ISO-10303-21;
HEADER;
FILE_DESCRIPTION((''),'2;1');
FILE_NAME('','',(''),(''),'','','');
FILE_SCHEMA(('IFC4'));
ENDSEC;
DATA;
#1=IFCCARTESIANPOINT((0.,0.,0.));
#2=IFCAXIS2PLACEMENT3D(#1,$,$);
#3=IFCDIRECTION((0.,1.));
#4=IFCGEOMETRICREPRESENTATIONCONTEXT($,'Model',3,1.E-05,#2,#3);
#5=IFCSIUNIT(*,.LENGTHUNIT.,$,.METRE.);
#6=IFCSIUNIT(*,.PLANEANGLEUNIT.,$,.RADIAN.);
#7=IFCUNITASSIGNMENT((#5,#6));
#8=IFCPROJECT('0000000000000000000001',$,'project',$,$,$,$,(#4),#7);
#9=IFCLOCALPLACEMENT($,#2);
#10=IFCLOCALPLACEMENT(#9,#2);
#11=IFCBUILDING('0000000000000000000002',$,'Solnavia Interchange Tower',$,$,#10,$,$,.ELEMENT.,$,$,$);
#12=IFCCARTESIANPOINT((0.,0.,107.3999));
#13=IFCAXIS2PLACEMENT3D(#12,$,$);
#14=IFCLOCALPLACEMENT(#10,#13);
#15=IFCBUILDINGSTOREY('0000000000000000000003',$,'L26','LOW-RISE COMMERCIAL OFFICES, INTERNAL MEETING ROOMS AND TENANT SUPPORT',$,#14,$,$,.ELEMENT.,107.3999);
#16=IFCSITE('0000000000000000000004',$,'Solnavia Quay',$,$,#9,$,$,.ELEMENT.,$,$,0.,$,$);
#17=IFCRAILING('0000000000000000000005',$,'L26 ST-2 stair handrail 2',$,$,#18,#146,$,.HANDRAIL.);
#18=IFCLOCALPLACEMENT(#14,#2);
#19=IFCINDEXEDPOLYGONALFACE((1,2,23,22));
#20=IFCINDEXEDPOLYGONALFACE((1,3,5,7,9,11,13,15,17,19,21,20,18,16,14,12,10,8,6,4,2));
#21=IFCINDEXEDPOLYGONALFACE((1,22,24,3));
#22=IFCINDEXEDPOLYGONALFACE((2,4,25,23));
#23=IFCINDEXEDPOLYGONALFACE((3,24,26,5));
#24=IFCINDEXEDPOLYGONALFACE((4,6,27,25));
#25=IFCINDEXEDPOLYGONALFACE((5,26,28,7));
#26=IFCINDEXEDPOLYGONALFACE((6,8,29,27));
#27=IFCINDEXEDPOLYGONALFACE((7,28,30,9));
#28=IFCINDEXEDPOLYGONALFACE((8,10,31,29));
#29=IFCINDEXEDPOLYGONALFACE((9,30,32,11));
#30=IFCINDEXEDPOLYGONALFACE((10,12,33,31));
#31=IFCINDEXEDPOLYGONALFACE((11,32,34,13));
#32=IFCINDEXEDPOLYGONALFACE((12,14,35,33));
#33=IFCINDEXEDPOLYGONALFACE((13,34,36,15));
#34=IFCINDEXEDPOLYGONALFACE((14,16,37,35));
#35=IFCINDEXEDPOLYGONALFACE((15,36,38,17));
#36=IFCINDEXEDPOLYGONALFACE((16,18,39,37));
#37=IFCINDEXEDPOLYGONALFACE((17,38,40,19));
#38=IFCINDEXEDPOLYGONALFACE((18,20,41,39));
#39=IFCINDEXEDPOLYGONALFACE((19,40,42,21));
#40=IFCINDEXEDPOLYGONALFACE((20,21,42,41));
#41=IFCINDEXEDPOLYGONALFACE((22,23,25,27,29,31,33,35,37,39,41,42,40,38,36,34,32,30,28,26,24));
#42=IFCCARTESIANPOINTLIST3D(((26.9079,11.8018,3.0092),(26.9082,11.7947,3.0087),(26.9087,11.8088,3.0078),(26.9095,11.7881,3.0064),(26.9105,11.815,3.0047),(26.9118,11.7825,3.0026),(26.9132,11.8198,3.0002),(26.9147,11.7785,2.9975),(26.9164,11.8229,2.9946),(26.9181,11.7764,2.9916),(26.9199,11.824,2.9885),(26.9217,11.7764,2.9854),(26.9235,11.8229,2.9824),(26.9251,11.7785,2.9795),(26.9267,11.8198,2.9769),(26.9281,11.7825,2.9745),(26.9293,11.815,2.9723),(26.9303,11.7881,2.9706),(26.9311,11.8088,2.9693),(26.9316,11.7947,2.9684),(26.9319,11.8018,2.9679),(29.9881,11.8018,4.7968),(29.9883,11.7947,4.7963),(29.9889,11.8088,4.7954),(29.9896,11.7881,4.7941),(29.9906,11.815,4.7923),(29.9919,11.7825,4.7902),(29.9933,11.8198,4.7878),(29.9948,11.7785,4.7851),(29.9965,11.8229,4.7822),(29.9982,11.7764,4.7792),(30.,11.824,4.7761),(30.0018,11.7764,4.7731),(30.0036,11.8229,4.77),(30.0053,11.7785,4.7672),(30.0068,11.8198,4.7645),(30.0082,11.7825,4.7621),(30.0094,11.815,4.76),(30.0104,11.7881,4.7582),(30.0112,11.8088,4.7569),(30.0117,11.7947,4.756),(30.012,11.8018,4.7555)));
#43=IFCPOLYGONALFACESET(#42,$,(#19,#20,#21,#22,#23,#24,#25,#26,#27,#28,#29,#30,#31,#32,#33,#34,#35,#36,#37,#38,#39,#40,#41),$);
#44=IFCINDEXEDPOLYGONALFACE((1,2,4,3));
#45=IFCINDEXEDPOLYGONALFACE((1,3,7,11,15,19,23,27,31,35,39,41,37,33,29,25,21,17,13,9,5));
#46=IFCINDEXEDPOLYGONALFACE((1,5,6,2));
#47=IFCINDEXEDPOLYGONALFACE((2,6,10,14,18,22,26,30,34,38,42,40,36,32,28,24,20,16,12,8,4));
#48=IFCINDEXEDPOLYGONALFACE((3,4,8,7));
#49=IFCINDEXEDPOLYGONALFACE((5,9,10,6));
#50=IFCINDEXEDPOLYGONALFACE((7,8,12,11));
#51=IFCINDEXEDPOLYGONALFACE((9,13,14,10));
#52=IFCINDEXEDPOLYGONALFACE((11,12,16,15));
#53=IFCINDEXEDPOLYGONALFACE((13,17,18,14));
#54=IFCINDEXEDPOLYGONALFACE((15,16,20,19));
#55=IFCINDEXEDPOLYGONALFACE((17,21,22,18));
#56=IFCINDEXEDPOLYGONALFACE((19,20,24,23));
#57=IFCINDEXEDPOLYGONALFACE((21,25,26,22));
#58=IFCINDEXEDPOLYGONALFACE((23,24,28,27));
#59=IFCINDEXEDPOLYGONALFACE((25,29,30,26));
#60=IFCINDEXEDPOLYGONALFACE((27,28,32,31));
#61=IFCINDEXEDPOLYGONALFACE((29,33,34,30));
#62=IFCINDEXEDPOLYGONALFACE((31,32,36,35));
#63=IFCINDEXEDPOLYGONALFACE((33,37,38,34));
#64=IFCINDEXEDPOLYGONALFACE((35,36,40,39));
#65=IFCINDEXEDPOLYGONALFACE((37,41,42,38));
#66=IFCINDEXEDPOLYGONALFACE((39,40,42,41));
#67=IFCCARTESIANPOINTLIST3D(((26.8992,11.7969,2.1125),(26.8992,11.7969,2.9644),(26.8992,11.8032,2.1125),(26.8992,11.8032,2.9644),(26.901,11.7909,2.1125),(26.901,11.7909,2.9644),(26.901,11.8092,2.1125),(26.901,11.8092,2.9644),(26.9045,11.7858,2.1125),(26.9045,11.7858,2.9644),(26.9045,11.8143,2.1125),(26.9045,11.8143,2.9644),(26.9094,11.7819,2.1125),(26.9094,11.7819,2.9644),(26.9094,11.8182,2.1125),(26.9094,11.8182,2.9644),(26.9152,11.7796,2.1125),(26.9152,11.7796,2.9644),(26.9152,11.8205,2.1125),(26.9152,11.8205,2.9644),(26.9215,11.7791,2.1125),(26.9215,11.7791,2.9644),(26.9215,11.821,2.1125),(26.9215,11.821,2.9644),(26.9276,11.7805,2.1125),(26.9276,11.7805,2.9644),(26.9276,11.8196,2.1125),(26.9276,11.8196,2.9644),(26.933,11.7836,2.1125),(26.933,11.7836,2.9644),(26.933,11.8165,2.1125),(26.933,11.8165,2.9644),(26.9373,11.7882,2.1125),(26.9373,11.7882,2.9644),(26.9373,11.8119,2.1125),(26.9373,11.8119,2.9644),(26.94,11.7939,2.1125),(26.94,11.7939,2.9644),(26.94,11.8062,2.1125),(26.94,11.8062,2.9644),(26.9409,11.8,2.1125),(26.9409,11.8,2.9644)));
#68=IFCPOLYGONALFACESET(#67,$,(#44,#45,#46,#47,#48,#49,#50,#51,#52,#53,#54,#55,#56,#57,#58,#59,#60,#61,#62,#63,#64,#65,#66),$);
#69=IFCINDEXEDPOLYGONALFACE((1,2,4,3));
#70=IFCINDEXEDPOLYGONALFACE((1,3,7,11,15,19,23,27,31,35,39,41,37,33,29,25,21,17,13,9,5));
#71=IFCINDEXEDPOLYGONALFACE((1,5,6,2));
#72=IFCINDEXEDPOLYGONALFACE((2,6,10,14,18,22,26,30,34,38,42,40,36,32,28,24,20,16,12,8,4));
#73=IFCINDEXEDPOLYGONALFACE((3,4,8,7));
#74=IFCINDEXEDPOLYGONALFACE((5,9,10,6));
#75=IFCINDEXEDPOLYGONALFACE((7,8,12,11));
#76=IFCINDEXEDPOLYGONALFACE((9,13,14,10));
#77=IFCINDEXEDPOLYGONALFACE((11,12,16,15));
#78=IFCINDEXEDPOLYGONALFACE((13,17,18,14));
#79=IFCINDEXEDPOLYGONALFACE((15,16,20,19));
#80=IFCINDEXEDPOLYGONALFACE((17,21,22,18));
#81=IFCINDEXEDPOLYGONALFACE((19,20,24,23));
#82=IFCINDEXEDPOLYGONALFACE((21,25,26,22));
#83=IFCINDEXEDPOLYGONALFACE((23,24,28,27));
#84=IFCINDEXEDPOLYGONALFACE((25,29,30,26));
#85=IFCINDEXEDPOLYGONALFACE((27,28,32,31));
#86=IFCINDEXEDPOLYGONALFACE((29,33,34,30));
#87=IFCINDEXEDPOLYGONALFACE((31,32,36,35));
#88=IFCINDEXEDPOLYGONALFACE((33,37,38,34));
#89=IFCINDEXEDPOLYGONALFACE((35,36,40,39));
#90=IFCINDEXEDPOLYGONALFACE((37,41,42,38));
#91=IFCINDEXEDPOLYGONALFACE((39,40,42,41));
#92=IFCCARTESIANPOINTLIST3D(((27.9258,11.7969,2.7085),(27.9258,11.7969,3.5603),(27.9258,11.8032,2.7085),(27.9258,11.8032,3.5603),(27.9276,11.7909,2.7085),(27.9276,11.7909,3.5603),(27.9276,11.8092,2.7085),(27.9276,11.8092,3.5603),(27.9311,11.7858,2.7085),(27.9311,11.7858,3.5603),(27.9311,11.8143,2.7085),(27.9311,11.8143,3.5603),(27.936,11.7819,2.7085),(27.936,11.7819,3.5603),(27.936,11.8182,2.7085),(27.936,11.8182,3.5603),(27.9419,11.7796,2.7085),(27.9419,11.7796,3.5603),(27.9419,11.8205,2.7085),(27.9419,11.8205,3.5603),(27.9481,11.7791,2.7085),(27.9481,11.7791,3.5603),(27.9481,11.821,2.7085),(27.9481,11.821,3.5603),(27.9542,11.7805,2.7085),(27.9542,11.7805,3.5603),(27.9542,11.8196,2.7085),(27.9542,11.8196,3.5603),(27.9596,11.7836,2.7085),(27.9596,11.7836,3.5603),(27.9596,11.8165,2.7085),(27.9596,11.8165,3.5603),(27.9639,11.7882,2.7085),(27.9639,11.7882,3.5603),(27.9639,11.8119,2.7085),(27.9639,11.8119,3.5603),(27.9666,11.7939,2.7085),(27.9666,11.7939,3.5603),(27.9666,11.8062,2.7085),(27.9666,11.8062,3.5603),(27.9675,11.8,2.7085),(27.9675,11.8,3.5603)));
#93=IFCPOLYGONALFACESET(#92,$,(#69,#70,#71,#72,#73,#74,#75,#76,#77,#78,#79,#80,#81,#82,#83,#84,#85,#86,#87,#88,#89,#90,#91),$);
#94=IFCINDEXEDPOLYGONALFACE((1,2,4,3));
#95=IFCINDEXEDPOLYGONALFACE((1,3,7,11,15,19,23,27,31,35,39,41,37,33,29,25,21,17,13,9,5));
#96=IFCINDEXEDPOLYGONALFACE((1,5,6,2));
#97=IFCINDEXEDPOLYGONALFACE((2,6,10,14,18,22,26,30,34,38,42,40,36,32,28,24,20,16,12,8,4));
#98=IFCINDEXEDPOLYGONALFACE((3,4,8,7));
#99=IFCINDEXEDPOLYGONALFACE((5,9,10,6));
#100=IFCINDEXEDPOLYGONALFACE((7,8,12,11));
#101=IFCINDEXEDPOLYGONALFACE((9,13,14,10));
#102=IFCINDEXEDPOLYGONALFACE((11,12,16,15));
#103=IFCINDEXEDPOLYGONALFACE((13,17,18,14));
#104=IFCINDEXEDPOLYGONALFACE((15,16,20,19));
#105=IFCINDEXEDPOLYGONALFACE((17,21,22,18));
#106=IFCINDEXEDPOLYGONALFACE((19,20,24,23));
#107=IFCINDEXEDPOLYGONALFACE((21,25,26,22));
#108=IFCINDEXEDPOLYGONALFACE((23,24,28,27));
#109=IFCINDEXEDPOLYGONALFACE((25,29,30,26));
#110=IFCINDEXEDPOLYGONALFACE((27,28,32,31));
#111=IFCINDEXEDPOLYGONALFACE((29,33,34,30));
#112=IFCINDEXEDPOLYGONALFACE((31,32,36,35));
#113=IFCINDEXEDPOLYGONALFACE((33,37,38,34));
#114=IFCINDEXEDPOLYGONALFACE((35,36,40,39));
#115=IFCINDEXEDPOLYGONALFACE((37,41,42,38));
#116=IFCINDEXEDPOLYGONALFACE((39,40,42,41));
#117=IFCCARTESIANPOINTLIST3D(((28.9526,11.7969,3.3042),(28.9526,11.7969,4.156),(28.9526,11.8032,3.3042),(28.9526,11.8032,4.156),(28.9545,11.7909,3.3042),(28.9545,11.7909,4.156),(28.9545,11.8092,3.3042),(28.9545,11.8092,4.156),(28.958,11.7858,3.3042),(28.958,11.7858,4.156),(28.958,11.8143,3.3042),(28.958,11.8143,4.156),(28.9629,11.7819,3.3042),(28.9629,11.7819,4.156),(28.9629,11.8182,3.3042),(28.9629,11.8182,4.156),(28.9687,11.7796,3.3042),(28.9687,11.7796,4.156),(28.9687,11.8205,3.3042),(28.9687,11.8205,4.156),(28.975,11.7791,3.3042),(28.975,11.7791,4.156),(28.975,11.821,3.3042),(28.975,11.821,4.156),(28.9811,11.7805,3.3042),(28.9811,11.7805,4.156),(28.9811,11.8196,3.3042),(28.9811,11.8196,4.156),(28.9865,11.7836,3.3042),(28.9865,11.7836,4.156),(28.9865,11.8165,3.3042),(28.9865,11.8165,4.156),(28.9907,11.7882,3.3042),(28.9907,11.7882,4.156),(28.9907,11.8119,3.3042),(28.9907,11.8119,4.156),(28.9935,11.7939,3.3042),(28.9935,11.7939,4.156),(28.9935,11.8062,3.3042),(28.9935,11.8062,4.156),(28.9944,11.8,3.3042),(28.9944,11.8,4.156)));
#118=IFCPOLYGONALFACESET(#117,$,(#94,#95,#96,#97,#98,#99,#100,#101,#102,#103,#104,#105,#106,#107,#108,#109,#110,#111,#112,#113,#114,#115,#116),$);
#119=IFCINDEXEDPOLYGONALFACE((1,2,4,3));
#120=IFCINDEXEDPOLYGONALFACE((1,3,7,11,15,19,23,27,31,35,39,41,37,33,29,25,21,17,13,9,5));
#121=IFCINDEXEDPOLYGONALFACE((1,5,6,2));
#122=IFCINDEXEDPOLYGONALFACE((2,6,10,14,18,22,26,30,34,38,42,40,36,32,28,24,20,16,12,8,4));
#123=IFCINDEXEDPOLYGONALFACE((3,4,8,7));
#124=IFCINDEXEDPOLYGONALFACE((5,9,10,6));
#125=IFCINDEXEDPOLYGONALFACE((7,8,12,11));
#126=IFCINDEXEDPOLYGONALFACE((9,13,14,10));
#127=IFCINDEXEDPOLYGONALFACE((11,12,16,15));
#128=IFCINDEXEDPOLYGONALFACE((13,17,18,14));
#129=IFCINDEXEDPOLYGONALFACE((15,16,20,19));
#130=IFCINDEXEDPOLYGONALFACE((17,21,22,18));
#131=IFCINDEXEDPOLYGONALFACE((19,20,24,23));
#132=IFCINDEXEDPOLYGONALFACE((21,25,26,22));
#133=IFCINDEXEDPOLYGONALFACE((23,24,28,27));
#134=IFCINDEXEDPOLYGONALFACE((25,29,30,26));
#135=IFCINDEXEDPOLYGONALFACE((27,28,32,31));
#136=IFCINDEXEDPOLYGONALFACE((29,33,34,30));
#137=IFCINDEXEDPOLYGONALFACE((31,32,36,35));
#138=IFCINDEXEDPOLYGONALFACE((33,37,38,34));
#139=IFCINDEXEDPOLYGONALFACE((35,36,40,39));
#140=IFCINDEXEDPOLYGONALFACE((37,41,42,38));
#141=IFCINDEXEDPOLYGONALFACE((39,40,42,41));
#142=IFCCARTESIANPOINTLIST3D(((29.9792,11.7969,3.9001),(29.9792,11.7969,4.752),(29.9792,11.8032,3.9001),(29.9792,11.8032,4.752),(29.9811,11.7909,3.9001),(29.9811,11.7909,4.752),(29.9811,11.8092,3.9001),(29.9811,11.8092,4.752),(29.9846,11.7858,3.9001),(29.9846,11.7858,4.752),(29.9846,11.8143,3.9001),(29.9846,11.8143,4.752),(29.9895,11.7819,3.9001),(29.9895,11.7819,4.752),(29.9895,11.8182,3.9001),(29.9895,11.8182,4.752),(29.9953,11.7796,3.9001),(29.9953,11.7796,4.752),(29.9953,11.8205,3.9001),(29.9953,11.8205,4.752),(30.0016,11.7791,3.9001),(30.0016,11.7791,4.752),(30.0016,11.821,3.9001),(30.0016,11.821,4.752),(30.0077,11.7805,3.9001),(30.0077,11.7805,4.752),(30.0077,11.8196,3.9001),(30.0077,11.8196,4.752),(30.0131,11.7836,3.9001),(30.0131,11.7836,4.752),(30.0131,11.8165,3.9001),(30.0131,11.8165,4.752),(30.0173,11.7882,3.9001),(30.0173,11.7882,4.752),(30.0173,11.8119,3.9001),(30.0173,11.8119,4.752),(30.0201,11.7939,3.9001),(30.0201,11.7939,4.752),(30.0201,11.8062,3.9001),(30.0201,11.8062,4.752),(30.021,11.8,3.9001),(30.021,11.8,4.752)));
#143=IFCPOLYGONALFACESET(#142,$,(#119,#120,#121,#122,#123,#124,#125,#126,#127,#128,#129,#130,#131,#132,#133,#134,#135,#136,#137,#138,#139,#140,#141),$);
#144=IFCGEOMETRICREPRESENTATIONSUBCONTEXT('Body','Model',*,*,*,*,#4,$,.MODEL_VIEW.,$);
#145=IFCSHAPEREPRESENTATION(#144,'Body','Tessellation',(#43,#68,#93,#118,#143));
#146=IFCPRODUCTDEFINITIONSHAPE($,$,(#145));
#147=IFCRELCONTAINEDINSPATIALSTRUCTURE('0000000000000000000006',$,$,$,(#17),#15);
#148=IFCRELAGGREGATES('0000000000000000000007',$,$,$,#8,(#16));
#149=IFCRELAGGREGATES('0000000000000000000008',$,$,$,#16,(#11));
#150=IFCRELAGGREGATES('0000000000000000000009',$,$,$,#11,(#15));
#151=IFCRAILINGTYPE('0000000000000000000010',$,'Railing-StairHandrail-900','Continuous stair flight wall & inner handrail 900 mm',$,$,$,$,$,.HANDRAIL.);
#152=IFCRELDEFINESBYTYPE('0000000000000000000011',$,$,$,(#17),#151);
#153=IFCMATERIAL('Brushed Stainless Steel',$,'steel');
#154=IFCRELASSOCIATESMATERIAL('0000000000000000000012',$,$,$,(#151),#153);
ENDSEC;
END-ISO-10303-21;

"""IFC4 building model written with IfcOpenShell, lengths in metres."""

from ifc_helpers import new_model, si_unit, direction, frame, origin, origin_2d, place, context, subcontext, project, spatial, circle, extrude, material, type_object, element, save


model = new_model("IFC4")

# Units and contexts
model_context = context("Model", 3, precision=1e-05, world=origin(), true_north=direction((0.0, 1.0)))
body_context = subcontext(model_context, "Body", "Model", "MODEL_VIEW")
ifc_project = project(units=[si_unit("LENGTHUNIT", "METRE"), si_unit("PLANEANGLEUNIT", "RADIAN")], contexts=[model_context])

# Site, building, storey
site_placement = place(None, origin())
site = spatial("IfcSite", under=ifc_project, at=site_placement, Name="Solnavia Quay", CompositionType="ELEMENT", RefElevation=0.0)
building_placement = place(site_placement, origin())
building = spatial("IfcBuilding", under=site, at=building_placement, Name="Solnavia Interchange Tower", CompositionType="ELEMENT")
storey_placement = place(building_placement, frame((0.0, 0.0, 107.3999)))
storey = spatial("IfcBuildingStorey", under=building, at=storey_placement, Name="L26", Description="LOW-RISE COMMERCIAL OFFICES, INTERNAL MEETING ROOMS AND TENANT SUPPORT", CompositionType="ELEMENT", Elevation=107.3999)

# Railing
ifc_material_1 = material(Name="Brushed Stainless Steel", Category="steel")
railing_type_1 = type_object("IfcRailingType", Name="Railing-StairHandrail-900", Description="Continuous stair flight wall & inner handrail 900 mm", PredefinedType="HANDRAIL", material=ifc_material_1)
railing_1_placement = place(storey_placement, frame((26.9199, 11.8, 2.1125)))
element("IfcRailing", 1, at=railing_1_placement, inside=storey, type_object=railing_type_1, Name="L26 ST-2 stair handrail 2", PredefinedType="HANDRAIL", context=body_context, shape_type="SweptSolid", body=[
    extrude(circle(Radius=0.0239, at=origin_2d()), frame((0.0, 0.0, 0.876), z_axis=(0.864891, 0.0, 0.50196), x_axis=(0.0, 1.0, 0.0)), (0.0, 0.0, 1.0), 3.5613),
    extrude(circle(Radius=0.021, at=origin_2d()), origin(), (0.0, 0.0, 1.0), 0.8518),
    extrude(circle(Radius=0.021, at=origin_2d()), frame((1.0266, 0.0, 0.5959)), (0.0, 0.0, 1.0), 0.8518),
    extrude(circle(Radius=0.021, at=origin_2d()), frame((2.0535, 0.0, 1.1917)), (0.0, 0.0, 1.0), 0.8518),
    extrude(circle(Radius=0.021, at=origin_2d()), frame((3.0801, 0.0, 1.7876)), (0.0, 0.0, 1.0), 0.8518),
])

save(model, "model.ifc")
